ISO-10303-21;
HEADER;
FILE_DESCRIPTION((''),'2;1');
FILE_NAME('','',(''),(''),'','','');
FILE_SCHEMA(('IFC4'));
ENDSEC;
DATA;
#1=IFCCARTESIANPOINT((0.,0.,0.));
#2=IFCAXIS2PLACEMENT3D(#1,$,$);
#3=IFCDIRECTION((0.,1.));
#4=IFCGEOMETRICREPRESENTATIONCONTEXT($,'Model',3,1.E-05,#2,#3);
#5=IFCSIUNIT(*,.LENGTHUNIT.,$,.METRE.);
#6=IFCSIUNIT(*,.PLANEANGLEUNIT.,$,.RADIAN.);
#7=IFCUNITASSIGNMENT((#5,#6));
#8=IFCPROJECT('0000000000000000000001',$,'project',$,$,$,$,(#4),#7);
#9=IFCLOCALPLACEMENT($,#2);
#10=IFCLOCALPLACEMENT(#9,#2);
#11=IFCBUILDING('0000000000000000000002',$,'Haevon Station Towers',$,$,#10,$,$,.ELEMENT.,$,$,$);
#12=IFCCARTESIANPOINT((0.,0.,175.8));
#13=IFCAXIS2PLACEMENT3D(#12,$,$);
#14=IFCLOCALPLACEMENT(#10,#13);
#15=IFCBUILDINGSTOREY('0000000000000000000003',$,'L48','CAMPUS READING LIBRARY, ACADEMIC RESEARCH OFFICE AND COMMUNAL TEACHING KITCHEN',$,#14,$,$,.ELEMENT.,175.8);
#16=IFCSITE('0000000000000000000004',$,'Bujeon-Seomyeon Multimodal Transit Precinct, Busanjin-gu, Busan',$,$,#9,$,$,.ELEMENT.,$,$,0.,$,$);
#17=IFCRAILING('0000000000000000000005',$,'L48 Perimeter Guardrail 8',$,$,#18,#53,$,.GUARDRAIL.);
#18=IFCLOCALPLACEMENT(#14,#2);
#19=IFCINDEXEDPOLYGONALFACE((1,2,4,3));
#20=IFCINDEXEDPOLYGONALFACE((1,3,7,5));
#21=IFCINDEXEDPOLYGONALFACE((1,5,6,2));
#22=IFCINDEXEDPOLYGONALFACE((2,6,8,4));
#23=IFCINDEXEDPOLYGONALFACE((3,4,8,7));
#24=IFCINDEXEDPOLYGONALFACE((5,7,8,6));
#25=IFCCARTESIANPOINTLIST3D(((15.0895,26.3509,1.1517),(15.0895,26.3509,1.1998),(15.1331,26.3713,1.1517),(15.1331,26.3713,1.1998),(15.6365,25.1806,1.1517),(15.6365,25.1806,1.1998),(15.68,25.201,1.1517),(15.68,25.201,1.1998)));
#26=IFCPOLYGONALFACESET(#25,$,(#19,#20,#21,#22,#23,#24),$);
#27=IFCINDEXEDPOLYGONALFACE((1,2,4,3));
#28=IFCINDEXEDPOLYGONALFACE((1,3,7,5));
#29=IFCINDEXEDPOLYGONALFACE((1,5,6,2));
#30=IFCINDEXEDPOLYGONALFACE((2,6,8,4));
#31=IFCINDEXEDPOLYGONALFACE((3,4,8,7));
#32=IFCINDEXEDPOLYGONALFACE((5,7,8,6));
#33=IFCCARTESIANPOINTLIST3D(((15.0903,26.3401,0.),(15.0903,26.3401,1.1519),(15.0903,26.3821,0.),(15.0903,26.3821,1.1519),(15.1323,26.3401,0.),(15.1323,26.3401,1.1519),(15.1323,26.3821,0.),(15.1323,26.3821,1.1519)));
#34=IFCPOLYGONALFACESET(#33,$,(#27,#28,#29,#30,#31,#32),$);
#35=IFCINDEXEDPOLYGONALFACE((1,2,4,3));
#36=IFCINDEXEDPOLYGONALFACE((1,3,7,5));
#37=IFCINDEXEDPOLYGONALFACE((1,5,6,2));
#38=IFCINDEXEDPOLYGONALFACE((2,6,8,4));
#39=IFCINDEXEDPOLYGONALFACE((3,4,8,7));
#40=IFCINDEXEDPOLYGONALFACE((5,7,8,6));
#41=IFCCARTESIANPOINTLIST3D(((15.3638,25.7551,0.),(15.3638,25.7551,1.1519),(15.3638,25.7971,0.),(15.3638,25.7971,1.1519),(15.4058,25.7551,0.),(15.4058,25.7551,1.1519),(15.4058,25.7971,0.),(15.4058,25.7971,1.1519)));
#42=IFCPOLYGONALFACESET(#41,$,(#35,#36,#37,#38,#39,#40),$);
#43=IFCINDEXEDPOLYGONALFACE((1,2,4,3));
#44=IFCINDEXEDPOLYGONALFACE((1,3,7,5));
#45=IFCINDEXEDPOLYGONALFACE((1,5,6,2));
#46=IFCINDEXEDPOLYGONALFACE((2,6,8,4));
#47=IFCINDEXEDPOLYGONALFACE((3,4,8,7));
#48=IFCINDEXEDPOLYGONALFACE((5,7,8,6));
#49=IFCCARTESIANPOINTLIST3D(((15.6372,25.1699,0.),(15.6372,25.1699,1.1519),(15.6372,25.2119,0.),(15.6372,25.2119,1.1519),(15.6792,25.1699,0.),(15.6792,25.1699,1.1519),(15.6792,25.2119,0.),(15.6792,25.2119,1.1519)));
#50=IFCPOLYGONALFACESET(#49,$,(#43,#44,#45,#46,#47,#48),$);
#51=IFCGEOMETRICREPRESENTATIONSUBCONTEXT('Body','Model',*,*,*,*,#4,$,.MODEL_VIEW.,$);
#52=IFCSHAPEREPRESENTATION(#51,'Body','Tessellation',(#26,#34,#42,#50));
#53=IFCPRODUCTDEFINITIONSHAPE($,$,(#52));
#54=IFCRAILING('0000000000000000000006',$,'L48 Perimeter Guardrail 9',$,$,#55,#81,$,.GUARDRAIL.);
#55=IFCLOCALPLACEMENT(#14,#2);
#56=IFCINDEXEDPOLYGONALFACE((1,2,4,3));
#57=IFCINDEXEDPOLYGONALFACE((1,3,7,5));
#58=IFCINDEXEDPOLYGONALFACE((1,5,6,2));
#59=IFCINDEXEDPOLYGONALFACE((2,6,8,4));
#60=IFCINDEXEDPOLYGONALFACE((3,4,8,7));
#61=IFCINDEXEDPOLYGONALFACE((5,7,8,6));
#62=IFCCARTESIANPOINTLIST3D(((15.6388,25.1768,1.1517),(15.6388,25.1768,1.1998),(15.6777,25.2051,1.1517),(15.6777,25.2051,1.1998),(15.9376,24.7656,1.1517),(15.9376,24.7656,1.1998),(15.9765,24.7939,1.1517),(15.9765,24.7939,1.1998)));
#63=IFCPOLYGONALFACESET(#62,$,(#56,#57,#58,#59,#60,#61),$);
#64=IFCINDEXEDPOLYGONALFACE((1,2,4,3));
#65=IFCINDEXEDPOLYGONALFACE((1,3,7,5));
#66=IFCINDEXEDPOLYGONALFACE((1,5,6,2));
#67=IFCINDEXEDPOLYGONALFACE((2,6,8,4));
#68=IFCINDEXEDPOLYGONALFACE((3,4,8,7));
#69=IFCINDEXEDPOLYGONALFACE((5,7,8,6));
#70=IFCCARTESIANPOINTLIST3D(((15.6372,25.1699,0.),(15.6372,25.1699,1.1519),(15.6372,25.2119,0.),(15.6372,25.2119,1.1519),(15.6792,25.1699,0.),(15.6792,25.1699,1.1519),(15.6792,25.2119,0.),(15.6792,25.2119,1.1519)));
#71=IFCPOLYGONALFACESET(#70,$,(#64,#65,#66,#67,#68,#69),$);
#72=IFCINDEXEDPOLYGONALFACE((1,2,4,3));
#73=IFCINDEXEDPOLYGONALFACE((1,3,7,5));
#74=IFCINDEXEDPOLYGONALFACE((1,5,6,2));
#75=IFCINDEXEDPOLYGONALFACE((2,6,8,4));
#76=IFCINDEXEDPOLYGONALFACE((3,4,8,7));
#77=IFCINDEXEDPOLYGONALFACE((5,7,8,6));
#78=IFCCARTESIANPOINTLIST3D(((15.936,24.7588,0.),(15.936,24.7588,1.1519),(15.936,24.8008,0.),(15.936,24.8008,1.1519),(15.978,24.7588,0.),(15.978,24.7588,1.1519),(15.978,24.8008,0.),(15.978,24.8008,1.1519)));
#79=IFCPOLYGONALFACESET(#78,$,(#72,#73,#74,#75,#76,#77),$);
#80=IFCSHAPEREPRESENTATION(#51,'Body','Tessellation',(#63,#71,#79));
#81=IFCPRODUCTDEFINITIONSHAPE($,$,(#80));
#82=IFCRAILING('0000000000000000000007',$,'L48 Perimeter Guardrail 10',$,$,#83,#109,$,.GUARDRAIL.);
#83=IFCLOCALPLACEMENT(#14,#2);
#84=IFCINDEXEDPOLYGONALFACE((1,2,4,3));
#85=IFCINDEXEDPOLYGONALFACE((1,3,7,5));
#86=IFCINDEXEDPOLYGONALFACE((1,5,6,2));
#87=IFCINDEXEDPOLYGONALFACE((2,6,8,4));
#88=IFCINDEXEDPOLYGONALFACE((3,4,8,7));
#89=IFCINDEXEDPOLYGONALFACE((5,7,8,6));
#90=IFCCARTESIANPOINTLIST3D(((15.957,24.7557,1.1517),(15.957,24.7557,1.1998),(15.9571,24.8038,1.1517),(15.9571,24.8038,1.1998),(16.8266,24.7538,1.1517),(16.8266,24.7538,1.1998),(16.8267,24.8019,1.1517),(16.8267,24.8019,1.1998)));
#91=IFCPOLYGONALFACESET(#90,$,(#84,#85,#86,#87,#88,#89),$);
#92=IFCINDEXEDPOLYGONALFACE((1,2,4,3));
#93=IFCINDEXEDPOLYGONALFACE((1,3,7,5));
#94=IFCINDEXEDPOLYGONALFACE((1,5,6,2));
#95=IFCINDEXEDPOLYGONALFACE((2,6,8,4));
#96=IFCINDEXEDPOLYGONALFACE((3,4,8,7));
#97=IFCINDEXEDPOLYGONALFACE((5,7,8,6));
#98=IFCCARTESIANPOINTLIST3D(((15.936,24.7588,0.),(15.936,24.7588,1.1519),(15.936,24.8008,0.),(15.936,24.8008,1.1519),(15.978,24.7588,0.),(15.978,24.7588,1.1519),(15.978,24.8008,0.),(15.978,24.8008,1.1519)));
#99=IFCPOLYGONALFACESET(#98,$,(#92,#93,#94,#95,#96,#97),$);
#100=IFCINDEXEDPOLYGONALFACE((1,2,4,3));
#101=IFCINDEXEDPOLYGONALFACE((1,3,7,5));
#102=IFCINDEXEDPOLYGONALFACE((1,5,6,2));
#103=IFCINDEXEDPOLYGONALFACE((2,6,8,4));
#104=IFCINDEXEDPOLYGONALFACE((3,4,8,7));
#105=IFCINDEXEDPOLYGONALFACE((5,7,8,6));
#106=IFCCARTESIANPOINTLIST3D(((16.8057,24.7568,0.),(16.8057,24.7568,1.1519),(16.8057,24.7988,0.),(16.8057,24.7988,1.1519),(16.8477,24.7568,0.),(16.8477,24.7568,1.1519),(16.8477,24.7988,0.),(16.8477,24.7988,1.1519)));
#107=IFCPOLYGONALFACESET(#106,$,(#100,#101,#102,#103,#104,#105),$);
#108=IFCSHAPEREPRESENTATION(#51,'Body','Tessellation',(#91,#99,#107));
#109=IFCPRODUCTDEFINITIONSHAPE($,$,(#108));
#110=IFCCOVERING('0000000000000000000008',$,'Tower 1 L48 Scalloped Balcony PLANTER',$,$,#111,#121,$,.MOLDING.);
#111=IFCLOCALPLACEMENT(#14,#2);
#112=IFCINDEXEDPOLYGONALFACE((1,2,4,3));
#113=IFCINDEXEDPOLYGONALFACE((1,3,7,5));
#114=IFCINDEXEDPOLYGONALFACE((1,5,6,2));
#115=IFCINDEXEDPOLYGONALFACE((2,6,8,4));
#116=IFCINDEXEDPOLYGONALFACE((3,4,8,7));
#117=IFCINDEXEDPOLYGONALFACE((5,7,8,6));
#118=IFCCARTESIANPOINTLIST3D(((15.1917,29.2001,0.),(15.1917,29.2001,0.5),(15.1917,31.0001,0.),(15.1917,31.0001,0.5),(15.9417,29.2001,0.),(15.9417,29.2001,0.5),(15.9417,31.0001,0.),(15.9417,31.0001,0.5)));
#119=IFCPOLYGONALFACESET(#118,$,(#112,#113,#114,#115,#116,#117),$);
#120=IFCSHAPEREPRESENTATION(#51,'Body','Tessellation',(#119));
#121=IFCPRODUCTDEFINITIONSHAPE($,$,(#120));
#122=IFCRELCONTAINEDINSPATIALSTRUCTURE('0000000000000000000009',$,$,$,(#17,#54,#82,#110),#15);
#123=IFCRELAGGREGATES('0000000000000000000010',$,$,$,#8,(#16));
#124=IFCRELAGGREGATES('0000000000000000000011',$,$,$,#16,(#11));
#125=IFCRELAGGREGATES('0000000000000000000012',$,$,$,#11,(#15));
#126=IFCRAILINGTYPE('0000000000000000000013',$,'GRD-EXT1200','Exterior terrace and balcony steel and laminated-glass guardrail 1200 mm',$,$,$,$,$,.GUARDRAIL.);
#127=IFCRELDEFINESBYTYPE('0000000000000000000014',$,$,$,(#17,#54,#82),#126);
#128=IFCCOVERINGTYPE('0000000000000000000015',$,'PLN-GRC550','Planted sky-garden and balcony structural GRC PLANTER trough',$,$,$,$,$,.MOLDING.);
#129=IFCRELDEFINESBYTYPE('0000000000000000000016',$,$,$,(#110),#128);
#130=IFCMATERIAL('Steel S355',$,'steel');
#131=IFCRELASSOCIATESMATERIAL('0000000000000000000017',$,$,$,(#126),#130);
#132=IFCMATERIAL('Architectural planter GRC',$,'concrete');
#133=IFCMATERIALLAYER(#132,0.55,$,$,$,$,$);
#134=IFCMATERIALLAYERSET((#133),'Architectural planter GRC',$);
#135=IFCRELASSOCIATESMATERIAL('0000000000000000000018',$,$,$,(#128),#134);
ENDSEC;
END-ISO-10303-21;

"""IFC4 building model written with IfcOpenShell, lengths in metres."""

from ifc_helpers import new_model, si_unit, direction, frame, origin, origin_2d, place, context, subcontext, project, spatial, rectangle, extrude, material, layer, layer_set, type_object, element, save


model = new_model("IFC4")

# Units and contexts
model_context = context("Model", 3, precision=1e-05, world=origin(), true_north=direction((0.0, 1.0)))
body_context = subcontext(model_context, "Body", "Model", "MODEL_VIEW")
ifc_project = project(units=[si_unit("LENGTHUNIT", "METRE"), si_unit("PLANEANGLEUNIT", "RADIAN")], contexts=[model_context])

# Site, building, storey
site_placement = place(None, origin())
site = spatial("IfcSite", under=ifc_project, at=site_placement, Name="Bujeon-Seomyeon Multimodal Transit Precinct, Busanjin-gu, Busan", CompositionType="ELEMENT", RefElevation=0.0)
building_placement = place(site_placement, origin())
building = spatial("IfcBuilding", under=site, at=building_placement, Name="Haevon Station Towers", CompositionType="ELEMENT")
storey_placement = place(building_placement, frame((0.0, 0.0, 175.8)))
storey = spatial("IfcBuildingStorey", under=building, at=storey_placement, Name="L48", Description="CAMPUS READING LIBRARY, ACADEMIC RESEARCH OFFICE AND COMMUNAL TEACHING KITCHEN", CompositionType="ELEMENT", Elevation=175.8)

# Shared definitions
ifc_material_1 = material(Name="Steel S355", Category="steel")

# Railings
railing_type = type_object("IfcRailingType", Name="GRD-EXT1200", Description="Exterior terrace and balcony steel and laminated-glass guardrail 1200 mm", PredefinedType="GUARDRAIL", material=ifc_material_1)
railing_1_placement = place(storey_placement, frame((15.1113, 26.3611, 0.0)))
element("IfcRailing", 1, at=railing_1_placement, inside=storey, type_object=railing_type, Name="L48 Perimeter Guardrail 8", PredefinedType="GUARDRAIL", context=body_context, shape_type="SweptSolid", body=[
    extrude(rectangle(XDim=0.0481, YDim=0.0481, at=origin_2d()), frame((0.0, 0.0, 1.1758), z_axis=(0.423392, -0.905946, 0.0), x_axis=(0.905946, 0.423392, 0.0)), (0.0, 0.0, 1.0), 1.2917),
    extrude(rectangle(XDim=0.042, YDim=0.042, at=origin_2d()), origin(), (0.0, 0.0, 1.0), 1.1519),
    extrude(rectangle(XDim=0.042, YDim=0.042, at=origin_2d()), frame((0.2734, -0.585, 0.0)), (0.0, 0.0, 1.0), 1.1519),
    extrude(rectangle(XDim=0.042, YDim=0.042, at=origin_2d()), frame((0.5469, -1.1702, 0.0)), (0.0, 0.0, 1.0), 1.1519),
])
railing_2_placement = place(storey_placement, frame((15.6582, 25.1909, 0.0)))
element("IfcRailing", 2, at=railing_2_placement, inside=storey, type_object=railing_type, Name="L48 Perimeter Guardrail 9", PredefinedType="GUARDRAIL", context=body_context, shape_type="SweptSolid", body=[
    extrude(rectangle(XDim=0.0481, YDim=0.0481, at=origin_2d()), frame((0.0, 0.0, 1.1758), z_axis=(0.587943, -0.808902, 0.0), x_axis=(0.808902, 0.587943, 0.0)), (0.0, 0.0, 1.0), 0.5083),
    extrude(rectangle(XDim=0.042, YDim=0.042, at=origin_2d()), origin(), (0.0, 0.0, 1.0), 1.1519),
    extrude(rectangle(XDim=0.042, YDim=0.042, at=origin_2d()), frame((0.2988, -0.4111, 0.0)), (0.0, 0.0, 1.0), 1.1519),
])
railing_3_placement = place(storey_placement, frame((15.957, 24.7798, 0.0)))
element("IfcRailing", 3, at=railing_3_placement, inside=storey, type_object=railing_type, Name="L48 Perimeter Guardrail 10", PredefinedType="GUARDRAIL", context=body_context, shape_type="SweptSolid", body=[
    extrude(rectangle(XDim=0.0481, YDim=0.0481, at=origin_2d()), frame((0.0, 0.0, 1.1758), z_axis=(0.999997, -0.002246, 0.0), x_axis=(0.002246, 0.999997, 0.0)), (0.0, 0.0, 1.0), 0.8696),
    extrude(rectangle(XDim=0.042, YDim=0.042, at=origin_2d()), origin(), (0.0, 0.0, 1.0), 1.1519),
    extrude(rectangle(XDim=0.042, YDim=0.042, at=origin_2d()), frame((0.8696, -0.002, 0.0)), (0.0, 0.0, 1.0), 1.1519),
])

# Covering
ifc_material_2 = material(Name="Architectural planter GRC", Category="concrete")
ifc_layer_1 = layer(ifc_material_2, 0.55)
ifc_layer_set_1 = layer_set([ifc_layer_1], Name="Architectural planter GRC")
covering_type = type_object("IfcCoveringType", Name="PLN-GRC550", Description="Planted sky-garden and balcony structural GRC PLANTER trough", PredefinedType="MOLDING", material=ifc_layer_set_1)
covering_placement = place(storey_placement, frame((15.5667, 30.1001, 0.0), z_axis=(0.0, 0.0, 1.0), x_axis=(1.0, 0.0, 0.0)))
element("IfcCovering", 4, at=covering_placement, inside=storey, type_object=covering_type, Name="Tower 1 L48 Scalloped Balcony PLANTER", PredefinedType="MOLDING", context=body_context, shape_type="SweptSolid", body=[
    extrude(rectangle(XDim=0.75, YDim=1.8, at=origin_2d()), origin(), (0.0, 0.0, 1.0), 0.5),
])

save(model, "model.ifc")
